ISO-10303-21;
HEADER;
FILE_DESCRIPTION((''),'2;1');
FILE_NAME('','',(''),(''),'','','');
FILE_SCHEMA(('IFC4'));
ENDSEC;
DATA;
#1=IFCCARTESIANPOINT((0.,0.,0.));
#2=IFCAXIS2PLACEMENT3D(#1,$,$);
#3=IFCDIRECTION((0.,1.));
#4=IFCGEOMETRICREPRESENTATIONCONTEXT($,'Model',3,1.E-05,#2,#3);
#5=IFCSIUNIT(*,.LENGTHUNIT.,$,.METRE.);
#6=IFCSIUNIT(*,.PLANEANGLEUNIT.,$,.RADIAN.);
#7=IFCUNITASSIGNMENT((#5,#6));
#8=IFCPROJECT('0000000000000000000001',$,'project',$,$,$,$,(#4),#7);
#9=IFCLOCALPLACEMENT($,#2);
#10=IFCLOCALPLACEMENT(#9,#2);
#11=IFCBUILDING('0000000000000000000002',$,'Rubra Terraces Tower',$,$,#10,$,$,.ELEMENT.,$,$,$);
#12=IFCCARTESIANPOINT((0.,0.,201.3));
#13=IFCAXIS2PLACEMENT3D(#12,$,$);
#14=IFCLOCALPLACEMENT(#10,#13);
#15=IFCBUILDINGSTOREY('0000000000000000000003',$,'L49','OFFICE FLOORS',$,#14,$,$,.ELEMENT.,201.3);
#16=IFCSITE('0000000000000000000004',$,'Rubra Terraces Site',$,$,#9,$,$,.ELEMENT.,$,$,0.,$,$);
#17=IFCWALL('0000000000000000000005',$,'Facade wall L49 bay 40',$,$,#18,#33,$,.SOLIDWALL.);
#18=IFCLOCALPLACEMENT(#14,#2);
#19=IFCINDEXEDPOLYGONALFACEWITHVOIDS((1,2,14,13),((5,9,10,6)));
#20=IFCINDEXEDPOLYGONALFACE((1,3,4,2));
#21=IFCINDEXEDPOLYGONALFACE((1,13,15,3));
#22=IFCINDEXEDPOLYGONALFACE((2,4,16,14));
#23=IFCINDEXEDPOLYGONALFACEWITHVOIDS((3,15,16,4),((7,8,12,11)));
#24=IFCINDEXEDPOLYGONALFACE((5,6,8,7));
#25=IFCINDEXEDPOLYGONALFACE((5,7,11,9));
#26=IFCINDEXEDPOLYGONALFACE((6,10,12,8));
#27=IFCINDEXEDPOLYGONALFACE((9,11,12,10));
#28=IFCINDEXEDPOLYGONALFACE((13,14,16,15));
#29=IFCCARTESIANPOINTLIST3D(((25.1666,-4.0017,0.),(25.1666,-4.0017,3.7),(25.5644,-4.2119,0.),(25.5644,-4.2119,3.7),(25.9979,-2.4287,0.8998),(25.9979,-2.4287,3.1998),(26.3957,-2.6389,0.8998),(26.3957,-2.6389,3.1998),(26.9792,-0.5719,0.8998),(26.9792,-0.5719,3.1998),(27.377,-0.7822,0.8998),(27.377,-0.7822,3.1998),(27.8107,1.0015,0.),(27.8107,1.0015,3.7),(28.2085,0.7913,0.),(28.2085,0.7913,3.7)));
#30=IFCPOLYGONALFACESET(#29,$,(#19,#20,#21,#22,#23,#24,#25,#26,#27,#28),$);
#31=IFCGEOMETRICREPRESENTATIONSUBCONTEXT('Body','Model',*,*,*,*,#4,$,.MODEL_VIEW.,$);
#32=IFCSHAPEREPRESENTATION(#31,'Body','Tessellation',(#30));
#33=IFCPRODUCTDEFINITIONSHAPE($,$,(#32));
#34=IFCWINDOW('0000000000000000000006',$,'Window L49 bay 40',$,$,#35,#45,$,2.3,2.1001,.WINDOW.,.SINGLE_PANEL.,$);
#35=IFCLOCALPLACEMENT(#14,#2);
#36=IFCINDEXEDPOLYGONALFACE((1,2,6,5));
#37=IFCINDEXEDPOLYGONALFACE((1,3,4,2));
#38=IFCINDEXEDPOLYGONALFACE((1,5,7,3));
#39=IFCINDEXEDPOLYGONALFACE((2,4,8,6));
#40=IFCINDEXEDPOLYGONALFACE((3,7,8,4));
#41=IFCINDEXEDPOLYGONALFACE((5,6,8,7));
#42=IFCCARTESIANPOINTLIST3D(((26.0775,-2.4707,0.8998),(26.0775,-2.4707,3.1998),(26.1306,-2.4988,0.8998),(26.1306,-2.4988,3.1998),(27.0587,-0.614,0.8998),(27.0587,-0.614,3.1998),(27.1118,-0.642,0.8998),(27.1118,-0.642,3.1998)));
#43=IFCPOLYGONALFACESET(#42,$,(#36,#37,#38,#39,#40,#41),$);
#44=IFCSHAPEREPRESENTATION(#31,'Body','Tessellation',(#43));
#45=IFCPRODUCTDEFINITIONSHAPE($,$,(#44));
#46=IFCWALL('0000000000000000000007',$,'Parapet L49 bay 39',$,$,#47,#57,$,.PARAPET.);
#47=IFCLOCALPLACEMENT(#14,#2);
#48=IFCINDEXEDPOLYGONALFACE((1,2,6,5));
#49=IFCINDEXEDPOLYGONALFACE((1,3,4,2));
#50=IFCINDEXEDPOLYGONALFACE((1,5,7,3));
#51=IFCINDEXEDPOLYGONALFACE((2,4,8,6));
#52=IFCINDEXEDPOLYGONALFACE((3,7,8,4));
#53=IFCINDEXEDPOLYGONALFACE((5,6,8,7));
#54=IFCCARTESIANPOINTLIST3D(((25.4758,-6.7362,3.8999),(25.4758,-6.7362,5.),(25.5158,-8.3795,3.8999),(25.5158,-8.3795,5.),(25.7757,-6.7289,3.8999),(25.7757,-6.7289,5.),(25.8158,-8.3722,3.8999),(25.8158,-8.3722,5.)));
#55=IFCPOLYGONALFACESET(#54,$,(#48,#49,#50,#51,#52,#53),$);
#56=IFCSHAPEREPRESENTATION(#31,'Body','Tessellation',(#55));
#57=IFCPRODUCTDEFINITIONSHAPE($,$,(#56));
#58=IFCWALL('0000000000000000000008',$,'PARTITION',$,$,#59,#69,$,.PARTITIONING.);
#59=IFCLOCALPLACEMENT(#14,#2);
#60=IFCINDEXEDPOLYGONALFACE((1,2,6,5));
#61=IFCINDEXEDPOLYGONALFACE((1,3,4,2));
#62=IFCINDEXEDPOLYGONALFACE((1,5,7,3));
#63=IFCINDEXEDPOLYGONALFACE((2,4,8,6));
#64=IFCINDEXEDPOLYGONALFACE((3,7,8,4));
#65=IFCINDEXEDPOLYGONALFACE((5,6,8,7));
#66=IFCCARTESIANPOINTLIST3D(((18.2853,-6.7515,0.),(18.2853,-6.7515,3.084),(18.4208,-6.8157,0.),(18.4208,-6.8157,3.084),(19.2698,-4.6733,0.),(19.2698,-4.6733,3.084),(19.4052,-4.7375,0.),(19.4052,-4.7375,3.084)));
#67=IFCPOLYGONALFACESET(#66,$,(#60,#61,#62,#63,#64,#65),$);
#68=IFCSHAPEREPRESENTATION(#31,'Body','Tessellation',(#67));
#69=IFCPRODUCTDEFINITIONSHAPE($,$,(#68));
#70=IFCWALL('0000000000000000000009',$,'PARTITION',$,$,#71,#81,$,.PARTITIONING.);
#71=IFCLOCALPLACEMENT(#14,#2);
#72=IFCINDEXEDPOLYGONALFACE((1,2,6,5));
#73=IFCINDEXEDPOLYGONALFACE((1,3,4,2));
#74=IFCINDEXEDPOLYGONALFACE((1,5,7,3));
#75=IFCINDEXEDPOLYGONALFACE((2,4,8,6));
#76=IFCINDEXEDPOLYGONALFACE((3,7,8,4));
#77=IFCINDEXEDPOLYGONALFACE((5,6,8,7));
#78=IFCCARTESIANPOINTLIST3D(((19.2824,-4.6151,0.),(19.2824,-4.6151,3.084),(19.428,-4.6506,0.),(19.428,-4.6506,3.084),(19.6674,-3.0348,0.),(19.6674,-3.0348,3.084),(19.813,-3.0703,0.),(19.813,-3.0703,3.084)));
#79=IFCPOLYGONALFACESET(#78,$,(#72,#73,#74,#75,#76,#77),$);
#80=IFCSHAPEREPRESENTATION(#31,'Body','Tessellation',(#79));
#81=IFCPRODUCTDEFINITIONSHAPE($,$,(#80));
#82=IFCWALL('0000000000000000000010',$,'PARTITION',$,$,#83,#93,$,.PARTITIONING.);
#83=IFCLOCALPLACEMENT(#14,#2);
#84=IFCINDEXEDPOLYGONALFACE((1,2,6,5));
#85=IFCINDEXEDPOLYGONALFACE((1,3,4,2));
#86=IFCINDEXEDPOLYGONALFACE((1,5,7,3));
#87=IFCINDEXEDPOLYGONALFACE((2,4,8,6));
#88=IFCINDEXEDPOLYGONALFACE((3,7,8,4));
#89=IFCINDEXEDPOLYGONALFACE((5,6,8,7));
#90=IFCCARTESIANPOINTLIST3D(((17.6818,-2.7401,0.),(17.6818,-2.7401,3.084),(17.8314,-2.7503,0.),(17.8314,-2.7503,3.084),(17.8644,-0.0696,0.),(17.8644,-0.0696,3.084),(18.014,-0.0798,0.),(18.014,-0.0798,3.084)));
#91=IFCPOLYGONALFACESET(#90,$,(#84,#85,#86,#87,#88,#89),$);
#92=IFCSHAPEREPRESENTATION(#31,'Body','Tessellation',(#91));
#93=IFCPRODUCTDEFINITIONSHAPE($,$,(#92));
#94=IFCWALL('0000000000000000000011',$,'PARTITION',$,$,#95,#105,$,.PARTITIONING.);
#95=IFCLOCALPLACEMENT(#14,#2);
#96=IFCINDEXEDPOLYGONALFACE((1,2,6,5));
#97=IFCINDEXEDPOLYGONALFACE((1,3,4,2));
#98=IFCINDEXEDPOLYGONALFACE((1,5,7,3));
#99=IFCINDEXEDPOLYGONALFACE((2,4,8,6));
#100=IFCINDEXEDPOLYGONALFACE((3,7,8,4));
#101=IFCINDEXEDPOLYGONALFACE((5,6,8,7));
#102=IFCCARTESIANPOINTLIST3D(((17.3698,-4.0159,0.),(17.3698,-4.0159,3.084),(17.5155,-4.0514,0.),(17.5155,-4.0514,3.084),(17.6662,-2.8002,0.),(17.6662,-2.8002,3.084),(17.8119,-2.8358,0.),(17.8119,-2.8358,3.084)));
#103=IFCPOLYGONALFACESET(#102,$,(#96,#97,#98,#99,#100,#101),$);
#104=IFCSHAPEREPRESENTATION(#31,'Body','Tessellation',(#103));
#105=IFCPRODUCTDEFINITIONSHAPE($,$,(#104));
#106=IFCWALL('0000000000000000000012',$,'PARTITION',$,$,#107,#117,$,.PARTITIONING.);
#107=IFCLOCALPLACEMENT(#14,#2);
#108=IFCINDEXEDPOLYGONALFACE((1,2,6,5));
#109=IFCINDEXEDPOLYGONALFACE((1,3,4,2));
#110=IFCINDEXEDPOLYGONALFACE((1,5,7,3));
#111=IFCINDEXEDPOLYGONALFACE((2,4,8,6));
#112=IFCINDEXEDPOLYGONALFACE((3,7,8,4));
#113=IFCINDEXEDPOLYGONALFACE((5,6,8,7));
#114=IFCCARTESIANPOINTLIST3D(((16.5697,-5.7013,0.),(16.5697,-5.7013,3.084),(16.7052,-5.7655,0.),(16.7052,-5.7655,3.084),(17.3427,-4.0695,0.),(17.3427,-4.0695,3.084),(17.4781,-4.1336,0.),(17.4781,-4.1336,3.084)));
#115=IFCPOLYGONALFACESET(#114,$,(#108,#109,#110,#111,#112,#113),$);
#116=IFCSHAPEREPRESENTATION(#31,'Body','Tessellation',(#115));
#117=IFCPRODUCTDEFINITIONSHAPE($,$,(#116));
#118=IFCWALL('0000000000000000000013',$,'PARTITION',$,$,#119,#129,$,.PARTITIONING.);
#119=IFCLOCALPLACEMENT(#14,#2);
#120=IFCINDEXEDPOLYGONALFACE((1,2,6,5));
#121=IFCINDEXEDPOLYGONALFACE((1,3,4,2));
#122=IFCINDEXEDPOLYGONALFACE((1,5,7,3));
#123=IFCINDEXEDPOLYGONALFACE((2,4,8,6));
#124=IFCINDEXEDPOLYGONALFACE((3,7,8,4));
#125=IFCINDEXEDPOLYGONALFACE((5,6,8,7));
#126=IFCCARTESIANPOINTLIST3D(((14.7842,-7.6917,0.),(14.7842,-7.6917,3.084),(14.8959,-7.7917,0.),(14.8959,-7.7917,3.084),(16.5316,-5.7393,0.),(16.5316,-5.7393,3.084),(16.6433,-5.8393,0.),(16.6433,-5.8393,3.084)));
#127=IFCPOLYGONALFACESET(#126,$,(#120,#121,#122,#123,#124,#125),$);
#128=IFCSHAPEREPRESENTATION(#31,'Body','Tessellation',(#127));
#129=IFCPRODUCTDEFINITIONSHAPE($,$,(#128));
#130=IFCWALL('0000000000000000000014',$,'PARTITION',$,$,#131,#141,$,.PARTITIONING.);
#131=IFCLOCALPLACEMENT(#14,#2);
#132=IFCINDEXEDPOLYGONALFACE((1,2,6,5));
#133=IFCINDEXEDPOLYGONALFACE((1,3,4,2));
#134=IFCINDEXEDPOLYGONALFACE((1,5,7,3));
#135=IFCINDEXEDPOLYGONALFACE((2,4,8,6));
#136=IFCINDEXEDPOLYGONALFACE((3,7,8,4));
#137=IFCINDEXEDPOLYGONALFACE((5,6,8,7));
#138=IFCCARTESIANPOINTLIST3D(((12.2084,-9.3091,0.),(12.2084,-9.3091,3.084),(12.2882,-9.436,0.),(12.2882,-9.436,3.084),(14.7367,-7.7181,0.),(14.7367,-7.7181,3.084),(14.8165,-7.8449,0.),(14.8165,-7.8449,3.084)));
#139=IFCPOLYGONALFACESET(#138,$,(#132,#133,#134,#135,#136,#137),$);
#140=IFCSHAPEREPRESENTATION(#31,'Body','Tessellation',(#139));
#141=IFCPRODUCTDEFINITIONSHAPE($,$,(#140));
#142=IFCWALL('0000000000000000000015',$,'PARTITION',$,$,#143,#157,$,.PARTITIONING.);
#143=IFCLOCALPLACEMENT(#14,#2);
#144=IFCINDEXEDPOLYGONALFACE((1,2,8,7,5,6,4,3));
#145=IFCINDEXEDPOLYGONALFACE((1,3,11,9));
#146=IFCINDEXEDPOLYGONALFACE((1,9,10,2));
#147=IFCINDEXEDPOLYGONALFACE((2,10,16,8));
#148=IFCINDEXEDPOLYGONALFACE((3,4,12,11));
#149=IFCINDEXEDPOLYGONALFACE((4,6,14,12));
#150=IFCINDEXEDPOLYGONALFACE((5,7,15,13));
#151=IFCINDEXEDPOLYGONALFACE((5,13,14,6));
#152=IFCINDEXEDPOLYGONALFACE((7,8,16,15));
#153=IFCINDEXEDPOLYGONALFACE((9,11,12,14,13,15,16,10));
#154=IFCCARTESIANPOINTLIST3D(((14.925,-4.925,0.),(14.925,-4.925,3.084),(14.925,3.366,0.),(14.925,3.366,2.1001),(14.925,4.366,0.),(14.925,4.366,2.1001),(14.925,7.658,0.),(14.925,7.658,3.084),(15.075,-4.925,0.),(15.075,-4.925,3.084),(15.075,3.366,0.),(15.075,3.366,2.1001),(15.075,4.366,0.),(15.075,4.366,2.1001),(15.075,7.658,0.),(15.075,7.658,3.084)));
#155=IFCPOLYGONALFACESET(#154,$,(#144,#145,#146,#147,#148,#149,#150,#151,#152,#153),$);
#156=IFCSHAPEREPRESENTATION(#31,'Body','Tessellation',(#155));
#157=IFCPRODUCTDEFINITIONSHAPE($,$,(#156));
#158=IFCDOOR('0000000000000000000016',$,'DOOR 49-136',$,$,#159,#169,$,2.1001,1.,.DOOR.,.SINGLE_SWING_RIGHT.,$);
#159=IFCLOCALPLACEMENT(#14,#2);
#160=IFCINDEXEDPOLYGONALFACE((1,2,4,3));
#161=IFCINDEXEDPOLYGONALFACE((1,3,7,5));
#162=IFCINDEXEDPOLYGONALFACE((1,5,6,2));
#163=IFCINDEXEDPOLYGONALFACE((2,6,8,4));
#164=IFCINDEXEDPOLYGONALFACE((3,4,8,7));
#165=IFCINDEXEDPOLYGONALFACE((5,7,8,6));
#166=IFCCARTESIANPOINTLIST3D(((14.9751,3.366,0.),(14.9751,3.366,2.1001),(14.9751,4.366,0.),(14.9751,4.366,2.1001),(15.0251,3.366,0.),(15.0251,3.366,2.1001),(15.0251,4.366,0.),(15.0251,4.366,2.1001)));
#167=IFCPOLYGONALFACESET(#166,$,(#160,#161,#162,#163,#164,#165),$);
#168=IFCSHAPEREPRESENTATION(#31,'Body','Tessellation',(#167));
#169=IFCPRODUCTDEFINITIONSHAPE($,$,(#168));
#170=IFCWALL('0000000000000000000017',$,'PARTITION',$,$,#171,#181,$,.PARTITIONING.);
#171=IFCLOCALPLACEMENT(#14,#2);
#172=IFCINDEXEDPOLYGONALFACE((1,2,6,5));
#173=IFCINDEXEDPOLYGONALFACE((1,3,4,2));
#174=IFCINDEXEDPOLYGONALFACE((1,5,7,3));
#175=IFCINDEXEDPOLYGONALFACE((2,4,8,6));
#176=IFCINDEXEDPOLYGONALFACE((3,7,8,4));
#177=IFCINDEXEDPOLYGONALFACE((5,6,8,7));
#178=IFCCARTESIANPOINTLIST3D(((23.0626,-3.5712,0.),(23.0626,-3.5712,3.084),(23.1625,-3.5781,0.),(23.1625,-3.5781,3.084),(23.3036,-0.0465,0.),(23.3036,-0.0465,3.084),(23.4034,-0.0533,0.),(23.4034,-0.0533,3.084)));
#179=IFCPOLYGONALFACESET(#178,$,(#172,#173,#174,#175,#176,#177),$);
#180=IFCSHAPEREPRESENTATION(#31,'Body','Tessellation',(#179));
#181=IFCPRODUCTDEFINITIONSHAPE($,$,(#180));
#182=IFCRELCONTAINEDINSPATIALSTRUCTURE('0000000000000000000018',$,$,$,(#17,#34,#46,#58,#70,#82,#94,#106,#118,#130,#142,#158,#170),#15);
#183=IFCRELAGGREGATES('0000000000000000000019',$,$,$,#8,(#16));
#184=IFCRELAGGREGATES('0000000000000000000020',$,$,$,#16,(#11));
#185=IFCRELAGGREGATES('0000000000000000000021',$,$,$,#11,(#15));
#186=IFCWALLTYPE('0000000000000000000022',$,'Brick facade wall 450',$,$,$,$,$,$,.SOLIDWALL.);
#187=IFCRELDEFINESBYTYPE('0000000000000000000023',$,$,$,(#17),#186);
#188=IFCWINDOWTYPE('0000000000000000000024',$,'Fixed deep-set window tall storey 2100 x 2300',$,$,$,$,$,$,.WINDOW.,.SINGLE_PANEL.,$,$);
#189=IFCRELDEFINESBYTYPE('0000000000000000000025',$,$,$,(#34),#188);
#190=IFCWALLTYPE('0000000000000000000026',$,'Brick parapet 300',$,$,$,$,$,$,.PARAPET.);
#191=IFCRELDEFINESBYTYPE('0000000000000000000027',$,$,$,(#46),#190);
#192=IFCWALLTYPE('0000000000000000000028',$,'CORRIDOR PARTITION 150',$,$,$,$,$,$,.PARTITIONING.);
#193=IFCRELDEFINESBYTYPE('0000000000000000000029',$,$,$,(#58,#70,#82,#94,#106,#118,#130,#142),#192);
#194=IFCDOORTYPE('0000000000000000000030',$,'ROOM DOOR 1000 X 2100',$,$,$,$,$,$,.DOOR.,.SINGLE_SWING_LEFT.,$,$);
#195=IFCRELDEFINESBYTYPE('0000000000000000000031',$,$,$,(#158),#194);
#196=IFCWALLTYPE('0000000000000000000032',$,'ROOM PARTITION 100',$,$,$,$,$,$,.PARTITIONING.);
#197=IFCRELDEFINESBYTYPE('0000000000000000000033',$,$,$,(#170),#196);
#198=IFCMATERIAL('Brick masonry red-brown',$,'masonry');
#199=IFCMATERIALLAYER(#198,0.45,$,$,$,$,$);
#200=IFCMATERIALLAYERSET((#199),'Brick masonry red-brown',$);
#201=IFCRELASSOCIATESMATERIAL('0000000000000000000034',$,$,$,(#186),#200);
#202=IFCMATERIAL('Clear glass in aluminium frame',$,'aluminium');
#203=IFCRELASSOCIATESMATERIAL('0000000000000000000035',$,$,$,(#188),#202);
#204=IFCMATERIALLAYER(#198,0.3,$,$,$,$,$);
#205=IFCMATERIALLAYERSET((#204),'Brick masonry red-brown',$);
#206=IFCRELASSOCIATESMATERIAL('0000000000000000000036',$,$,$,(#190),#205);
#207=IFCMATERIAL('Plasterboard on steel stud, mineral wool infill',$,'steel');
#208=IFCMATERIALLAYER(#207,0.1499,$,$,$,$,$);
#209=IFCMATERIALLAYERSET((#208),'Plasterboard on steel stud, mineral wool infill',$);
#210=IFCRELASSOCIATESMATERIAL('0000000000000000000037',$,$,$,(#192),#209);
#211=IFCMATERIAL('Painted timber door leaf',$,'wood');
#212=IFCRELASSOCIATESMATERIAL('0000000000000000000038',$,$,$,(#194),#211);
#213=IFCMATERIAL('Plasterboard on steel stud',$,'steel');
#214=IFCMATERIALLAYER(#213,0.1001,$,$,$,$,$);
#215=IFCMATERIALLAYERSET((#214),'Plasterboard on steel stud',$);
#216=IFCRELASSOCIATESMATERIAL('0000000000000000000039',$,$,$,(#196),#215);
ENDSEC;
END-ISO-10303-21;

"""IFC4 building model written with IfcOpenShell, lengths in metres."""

from ifc_helpers import new_model, si_unit, direction, frame, frame_2d, origin, place, context, subcontext, project, spatial, rectangle, extrude, material, layer, layer_set, type_object, element, fill, save


model = new_model("IFC4")

# Units and contexts
model_context = context("Model", 3, precision=1e-05, world=origin(), true_north=direction((0.0, 1.0)))
body_context = subcontext(model_context, "Body", "Model", "MODEL_VIEW")
ifc_project = project(units=[si_unit("LENGTHUNIT", "METRE"), si_unit("PLANEANGLEUNIT", "RADIAN")], contexts=[model_context])

# Site, building, storey
site_placement = place(None, origin())
site = spatial("IfcSite", under=ifc_project, at=site_placement, Name="Rubra Terraces Site", CompositionType="ELEMENT", RefElevation=0.0)
building_placement = place(site_placement, origin())
building = spatial("IfcBuilding", under=site, at=building_placement, Name="Rubra Terraces Tower", CompositionType="ELEMENT")
storey_placement = place(building_placement, frame((0.0, 0.0, 201.3)))
storey = spatial("IfcBuildingStorey", under=building, at=storey_placement, Name="L49", Description="OFFICE FLOORS", CompositionType="ELEMENT", Elevation=201.3)

# Wall, opening, window
ifc_material_1 = material(Name="Brick masonry red-brown", Category="masonry")
ifc_layer_1 = layer(ifc_material_1, 0.45)
ifc_layer_set_1 = layer_set([ifc_layer_1], Name="Brick masonry red-brown")
wall_type_1 = type_object("IfcWallType", Name="Brick facade wall 450", PredefinedType="SOLIDWALL", material=ifc_layer_set_1)
ifc_material_2 = material(Name="Clear glass in aluminium frame", Category="aluminium")
window_type = type_object("IfcWindowType", Name="Fixed deep-set window tall storey 2100 x 2300", PartitioningType="SINGLE_PANEL", PredefinedType="WINDOW", material=ifc_material_2)
wall_1_placement = place(storey_placement, frame((25.3655, -4.1069, 0.0), z_axis=(0.0, 0.0, 1.0), x_axis=(0.467239, 0.884131, 0.0)))
wall_1 = element("IfcWall", 1, at=wall_1_placement, inside=storey, type_object=wall_type_1, Name="Facade wall L49 bay 40", PredefinedType="SOLIDWALL", context=body_context, shape_type="SweptSolid", body=[
    extrude(rectangle(XDim=5.6589, YDim=0.45, at=frame_2d((2.8296, 0.0))), origin(), (0.0, 0.0, 1.0), 3.7),
])
opening_1_placement = place(wall_1_placement, frame((1.7793, 0.0, 0.8999)))
opening_1 = element("IfcOpeningElement", 2, at=opening_1_placement, cuts=wall_1, PredefinedType="OPENING", context=body_context, shape_type="SweptSolid", body=[
    extrude(rectangle(XDim=2.1001, YDim=2.3, at=frame_2d((1.05, 1.1499))), frame((0.0, 0.2349, 0.0), z_axis=(0.0, -1.0, 0.0), x_axis=(1.0, 0.0, 0.0)), (0.0, 0.0, 1.0), 0.47),
])
window_1_placement = place(opening_1_placement, origin())
window_1 = element("IfcWindow", 3, at=window_1_placement, inside=storey, type_object=window_type, Name="Window L49 bay 40", OverallHeight=2.3, OverallWidth=2.1001, PartitioningType="SINGLE_PANEL", PredefinedType="WINDOW", context=body_context, shape_type="SweptSolid", body=[
    extrude(rectangle(XDim=2.1001, YDim=2.3, at=frame_2d((1.05, 1.1499))), frame((0.0, 0.135, 0.0), z_axis=(0.0, -1.0, 0.0), x_axis=(1.0, 0.0, 0.0)), (0.0, 0.0, 1.0), 0.0601),
])
fill(opening_1, window_1)

# Walls
ifc_layer_2 = layer(ifc_material_1, 0.3)
ifc_layer_set_2 = layer_set([ifc_layer_2], Name="Brick masonry red-brown")
wall_type_2 = type_object("IfcWallType", Name="Brick parapet 300", PredefinedType="PARAPET", material=ifc_layer_set_2)
wall_2_placement = place(storey_placement, frame((25.6658, -8.3757, 3.8999), z_axis=(0.0, 0.0, 1.0), x_axis=(-0.024358, 0.999703, 0.0)))
element("IfcWall", 4, at=wall_2_placement, inside=storey, type_object=wall_type_2, Name="Parapet L49 bay 39", PredefinedType="PARAPET", context=body_context, shape_type="SweptSolid", body=[
    extrude(rectangle(XDim=1.6438, YDim=0.3, at=frame_2d((0.8218, 0.0))), origin(), (0.0, 0.0, 1.0), 1.1001),
])
ifc_material_3 = material(Name="Plasterboard on steel stud, mineral wool infill", Category="steel")
ifc_layer_3 = layer(ifc_material_3, 0.1499)
ifc_layer_set_3 = layer_set([ifc_layer_3], Name="Plasterboard on steel stud, mineral wool infill")
wall_type_3 = type_object("IfcWallType", Name="CORRIDOR PARTITION 150", PredefinedType="PARTITIONING", material=ifc_layer_set_3)
wall_3_placement = place(storey_placement, frame((18.353, -6.7837, 0.0), z_axis=(0.0, 0.0, 1.0), x_axis=(0.428086, 0.903738, 0.0)))
element("IfcWall", 5, at=wall_3_placement, inside=storey, type_object=wall_type_3, Name="PARTITION", PredefinedType="PARTITIONING", context=body_context, shape_type="SweptSolid", body=[
    extrude(rectangle(XDim=2.2996, YDim=0.1499, at=frame_2d((1.1499, 0.0))), origin(), (0.0, 0.0, 1.0), 3.084),
])
wall_4_placement = place(storey_placement, frame((19.3552, -4.6328, 0.0), z_axis=(0.0, 0.0, 1.0), x_axis=(0.236704, 0.971582, 0.0)))
element("IfcWall", 6, at=wall_4_placement, inside=storey, type_object=wall_type_3, Name="PARTITION", PredefinedType="PARTITIONING", context=body_context, shape_type="SweptSolid", body=[
    extrude(rectangle(XDim=1.6265, YDim=0.1499, at=frame_2d((0.8132, 0.0))), origin(), (0.0, 0.0, 1.0), 3.084),
])

# Walls
wall_5_placement = place(storey_placement, frame((17.9392, -0.0747, 0.0), z_axis=(0.0, 0.0, 1.0), x_axis=(-0.068226, -0.99767, 0.0)))
element("IfcWall", 7, at=wall_5_placement, inside=storey, type_object=wall_type_3, Name="PARTITION", PredefinedType="PARTITIONING", context=body_context, shape_type="SweptSolid", body=[
    extrude(rectangle(XDim=2.6768, YDim=0.1499, at=frame_2d((1.3384, 0.0))), origin(), (0.0, 0.0, 1.0), 3.084),
])
wall_6_placement = place(storey_placement, frame((17.739, -2.8181, 0.0), z_axis=(0.0, 0.0, 1.0), x_axis=(-0.236884, -0.971538, 0.0)))
element("IfcWall", 8, at=wall_6_placement, inside=storey, type_object=wall_type_3, Name="PARTITION", PredefinedType="PARTITIONING", context=body_context, shape_type="SweptSolid", body=[
    extrude(rectangle(XDim=1.2512, YDim=0.1499, at=frame_2d((0.6255, 0.0))), origin(), (0.0, 0.0, 1.0), 3.084),
])
wall_7_placement = place(storey_placement, frame((17.4104, -4.1016, 0.0), z_axis=(0.0, 0.0, 1.0), x_axis=(-0.428075, -0.903743, 0.0)))
element("IfcWall", 9, at=wall_7_placement, inside=storey, type_object=wall_type_3, Name="PARTITION", PredefinedType="PARTITIONING", context=body_context, shape_type="SweptSolid", body=[
    extrude(rectangle(XDim=1.8057, YDim=0.1499, at=frame_2d((0.9028, 0.0))), origin(), (0.0, 0.0, 1.0), 3.084),
])
wall_8_placement = place(storey_placement, frame((16.5874, -5.7893, 0.0), z_axis=(0.0, 0.0, 1.0), x_axis=(-0.666887, -0.745158, 0.0)))
element("IfcWall", 10, at=wall_8_placement, inside=storey, type_object=wall_type_3, Name="PARTITION", PredefinedType="PARTITIONING", context=body_context, shape_type="SweptSolid", body=[
    extrude(rectangle(XDim=2.6201, YDim=0.1499, at=frame_2d((1.3101, 0.0))), origin(), (0.0, 0.0, 1.0), 3.084),
])
wall_9_placement = place(storey_placement, frame((14.7766, -7.7815, 0.0), z_axis=(0.0, 0.0, 1.0), x_axis=(-0.84636, -0.532612, 0.0)))
element("IfcWall", 11, at=wall_9_placement, inside=storey, type_object=wall_type_3, Name="PARTITION", PredefinedType="PARTITIONING", context=body_context, shape_type="SweptSolid", body=[
    extrude(rectangle(XDim=2.9873, YDim=0.1499, at=frame_2d((1.4937, 0.0))), origin(), (0.0, 0.0, 1.0), 3.084),
])

# Wall, opening, door
wall_10_placement = place(storey_placement, frame((15.0, -4.925, 0.0), z_axis=(0.0, 0.0, 1.0), x_axis=(0.0, 1.0, 0.0)))
wall_10 = element("IfcWall", 12, at=wall_10_placement, inside=storey, type_object=wall_type_3, Name="PARTITION", PredefinedType="PARTITIONING", context=body_context, shape_type="SweptSolid", body=[
    extrude(rectangle(XDim=12.583, YDim=0.1499, at=frame_2d((6.2915, 0.0))), origin(), (0.0, 0.0, 1.0), 3.084),
])
opening_2_placement = place(wall_10_placement, frame((8.291, 0.0, 0.0)))
opening_2 = element("IfcOpeningElement", 13, at=opening_2_placement, cuts=wall_10, PredefinedType="OPENING", context=body_context, shape_type="SweptSolid", body=[
    extrude(rectangle(XDim=1.0, YDim=2.1001, at=frame_2d((0.5, 1.05))), frame((0.0, 0.085, 0.0), z_axis=(0.0, -1.0, 0.0), x_axis=(1.0, 0.0, 0.0)), (0.0, 0.0, 1.0), 0.1699),
])
ifc_material_4 = material(Name="Painted timber door leaf", Category="wood")
door_type_1 = type_object("IfcDoorType", Name="ROOM DOOR 1000 X 2100", OperationType="SINGLE_SWING_LEFT", PredefinedType="DOOR", material=ifc_material_4)
door_1_placement = place(opening_2_placement, origin())
door_1 = element("IfcDoor", 14, at=door_1_placement, inside=storey, type_object=door_type_1, Name="DOOR 49-136", OperationType="SINGLE_SWING_RIGHT", OverallHeight=2.1001, OverallWidth=1.0, PredefinedType="DOOR", context=body_context, shape_type="SweptSolid", body=[
    extrude(rectangle(XDim=1.0, YDim=2.1001, at=frame_2d((0.5, 1.05))), frame((0.0, 0.0249, 0.0), z_axis=(0.0, -1.0, 0.0), x_axis=(1.0, 0.0, 0.0)), (0.0, 0.0, 1.0), 0.05),
])
fill(opening_2, door_1)

# Wall
ifc_material_5 = material(Name="Plasterboard on steel stud", Category="steel")
ifc_layer_4 = layer(ifc_material_5, 0.1001)
ifc_layer_set_4 = layer_set([ifc_layer_4], Name="Plasterboard on steel stud")
wall_type_4 = type_object("IfcWallType", Name="ROOM PARTITION 100", PredefinedType="PARTITIONING", material=ifc_layer_set_4)
wall_11_placement = place(storey_placement, frame((23.3535, -0.0498, 0.0), z_axis=(0.0, 0.0, 1.0), x_axis=(-0.068207, -0.997671, 0.0)))
element("IfcWall", 15, at=wall_11_placement, inside=storey, type_object=wall_type_4, Name="PARTITION", PredefinedType="PARTITIONING", context=body_context, shape_type="SweptSolid", body=[
    extrude(rectangle(XDim=3.533, YDim=0.1001, at=frame_2d((1.7666, 0.0))), origin(), (0.0, 0.0, 1.0), 3.084),
])

save(model, "model.ifc")
